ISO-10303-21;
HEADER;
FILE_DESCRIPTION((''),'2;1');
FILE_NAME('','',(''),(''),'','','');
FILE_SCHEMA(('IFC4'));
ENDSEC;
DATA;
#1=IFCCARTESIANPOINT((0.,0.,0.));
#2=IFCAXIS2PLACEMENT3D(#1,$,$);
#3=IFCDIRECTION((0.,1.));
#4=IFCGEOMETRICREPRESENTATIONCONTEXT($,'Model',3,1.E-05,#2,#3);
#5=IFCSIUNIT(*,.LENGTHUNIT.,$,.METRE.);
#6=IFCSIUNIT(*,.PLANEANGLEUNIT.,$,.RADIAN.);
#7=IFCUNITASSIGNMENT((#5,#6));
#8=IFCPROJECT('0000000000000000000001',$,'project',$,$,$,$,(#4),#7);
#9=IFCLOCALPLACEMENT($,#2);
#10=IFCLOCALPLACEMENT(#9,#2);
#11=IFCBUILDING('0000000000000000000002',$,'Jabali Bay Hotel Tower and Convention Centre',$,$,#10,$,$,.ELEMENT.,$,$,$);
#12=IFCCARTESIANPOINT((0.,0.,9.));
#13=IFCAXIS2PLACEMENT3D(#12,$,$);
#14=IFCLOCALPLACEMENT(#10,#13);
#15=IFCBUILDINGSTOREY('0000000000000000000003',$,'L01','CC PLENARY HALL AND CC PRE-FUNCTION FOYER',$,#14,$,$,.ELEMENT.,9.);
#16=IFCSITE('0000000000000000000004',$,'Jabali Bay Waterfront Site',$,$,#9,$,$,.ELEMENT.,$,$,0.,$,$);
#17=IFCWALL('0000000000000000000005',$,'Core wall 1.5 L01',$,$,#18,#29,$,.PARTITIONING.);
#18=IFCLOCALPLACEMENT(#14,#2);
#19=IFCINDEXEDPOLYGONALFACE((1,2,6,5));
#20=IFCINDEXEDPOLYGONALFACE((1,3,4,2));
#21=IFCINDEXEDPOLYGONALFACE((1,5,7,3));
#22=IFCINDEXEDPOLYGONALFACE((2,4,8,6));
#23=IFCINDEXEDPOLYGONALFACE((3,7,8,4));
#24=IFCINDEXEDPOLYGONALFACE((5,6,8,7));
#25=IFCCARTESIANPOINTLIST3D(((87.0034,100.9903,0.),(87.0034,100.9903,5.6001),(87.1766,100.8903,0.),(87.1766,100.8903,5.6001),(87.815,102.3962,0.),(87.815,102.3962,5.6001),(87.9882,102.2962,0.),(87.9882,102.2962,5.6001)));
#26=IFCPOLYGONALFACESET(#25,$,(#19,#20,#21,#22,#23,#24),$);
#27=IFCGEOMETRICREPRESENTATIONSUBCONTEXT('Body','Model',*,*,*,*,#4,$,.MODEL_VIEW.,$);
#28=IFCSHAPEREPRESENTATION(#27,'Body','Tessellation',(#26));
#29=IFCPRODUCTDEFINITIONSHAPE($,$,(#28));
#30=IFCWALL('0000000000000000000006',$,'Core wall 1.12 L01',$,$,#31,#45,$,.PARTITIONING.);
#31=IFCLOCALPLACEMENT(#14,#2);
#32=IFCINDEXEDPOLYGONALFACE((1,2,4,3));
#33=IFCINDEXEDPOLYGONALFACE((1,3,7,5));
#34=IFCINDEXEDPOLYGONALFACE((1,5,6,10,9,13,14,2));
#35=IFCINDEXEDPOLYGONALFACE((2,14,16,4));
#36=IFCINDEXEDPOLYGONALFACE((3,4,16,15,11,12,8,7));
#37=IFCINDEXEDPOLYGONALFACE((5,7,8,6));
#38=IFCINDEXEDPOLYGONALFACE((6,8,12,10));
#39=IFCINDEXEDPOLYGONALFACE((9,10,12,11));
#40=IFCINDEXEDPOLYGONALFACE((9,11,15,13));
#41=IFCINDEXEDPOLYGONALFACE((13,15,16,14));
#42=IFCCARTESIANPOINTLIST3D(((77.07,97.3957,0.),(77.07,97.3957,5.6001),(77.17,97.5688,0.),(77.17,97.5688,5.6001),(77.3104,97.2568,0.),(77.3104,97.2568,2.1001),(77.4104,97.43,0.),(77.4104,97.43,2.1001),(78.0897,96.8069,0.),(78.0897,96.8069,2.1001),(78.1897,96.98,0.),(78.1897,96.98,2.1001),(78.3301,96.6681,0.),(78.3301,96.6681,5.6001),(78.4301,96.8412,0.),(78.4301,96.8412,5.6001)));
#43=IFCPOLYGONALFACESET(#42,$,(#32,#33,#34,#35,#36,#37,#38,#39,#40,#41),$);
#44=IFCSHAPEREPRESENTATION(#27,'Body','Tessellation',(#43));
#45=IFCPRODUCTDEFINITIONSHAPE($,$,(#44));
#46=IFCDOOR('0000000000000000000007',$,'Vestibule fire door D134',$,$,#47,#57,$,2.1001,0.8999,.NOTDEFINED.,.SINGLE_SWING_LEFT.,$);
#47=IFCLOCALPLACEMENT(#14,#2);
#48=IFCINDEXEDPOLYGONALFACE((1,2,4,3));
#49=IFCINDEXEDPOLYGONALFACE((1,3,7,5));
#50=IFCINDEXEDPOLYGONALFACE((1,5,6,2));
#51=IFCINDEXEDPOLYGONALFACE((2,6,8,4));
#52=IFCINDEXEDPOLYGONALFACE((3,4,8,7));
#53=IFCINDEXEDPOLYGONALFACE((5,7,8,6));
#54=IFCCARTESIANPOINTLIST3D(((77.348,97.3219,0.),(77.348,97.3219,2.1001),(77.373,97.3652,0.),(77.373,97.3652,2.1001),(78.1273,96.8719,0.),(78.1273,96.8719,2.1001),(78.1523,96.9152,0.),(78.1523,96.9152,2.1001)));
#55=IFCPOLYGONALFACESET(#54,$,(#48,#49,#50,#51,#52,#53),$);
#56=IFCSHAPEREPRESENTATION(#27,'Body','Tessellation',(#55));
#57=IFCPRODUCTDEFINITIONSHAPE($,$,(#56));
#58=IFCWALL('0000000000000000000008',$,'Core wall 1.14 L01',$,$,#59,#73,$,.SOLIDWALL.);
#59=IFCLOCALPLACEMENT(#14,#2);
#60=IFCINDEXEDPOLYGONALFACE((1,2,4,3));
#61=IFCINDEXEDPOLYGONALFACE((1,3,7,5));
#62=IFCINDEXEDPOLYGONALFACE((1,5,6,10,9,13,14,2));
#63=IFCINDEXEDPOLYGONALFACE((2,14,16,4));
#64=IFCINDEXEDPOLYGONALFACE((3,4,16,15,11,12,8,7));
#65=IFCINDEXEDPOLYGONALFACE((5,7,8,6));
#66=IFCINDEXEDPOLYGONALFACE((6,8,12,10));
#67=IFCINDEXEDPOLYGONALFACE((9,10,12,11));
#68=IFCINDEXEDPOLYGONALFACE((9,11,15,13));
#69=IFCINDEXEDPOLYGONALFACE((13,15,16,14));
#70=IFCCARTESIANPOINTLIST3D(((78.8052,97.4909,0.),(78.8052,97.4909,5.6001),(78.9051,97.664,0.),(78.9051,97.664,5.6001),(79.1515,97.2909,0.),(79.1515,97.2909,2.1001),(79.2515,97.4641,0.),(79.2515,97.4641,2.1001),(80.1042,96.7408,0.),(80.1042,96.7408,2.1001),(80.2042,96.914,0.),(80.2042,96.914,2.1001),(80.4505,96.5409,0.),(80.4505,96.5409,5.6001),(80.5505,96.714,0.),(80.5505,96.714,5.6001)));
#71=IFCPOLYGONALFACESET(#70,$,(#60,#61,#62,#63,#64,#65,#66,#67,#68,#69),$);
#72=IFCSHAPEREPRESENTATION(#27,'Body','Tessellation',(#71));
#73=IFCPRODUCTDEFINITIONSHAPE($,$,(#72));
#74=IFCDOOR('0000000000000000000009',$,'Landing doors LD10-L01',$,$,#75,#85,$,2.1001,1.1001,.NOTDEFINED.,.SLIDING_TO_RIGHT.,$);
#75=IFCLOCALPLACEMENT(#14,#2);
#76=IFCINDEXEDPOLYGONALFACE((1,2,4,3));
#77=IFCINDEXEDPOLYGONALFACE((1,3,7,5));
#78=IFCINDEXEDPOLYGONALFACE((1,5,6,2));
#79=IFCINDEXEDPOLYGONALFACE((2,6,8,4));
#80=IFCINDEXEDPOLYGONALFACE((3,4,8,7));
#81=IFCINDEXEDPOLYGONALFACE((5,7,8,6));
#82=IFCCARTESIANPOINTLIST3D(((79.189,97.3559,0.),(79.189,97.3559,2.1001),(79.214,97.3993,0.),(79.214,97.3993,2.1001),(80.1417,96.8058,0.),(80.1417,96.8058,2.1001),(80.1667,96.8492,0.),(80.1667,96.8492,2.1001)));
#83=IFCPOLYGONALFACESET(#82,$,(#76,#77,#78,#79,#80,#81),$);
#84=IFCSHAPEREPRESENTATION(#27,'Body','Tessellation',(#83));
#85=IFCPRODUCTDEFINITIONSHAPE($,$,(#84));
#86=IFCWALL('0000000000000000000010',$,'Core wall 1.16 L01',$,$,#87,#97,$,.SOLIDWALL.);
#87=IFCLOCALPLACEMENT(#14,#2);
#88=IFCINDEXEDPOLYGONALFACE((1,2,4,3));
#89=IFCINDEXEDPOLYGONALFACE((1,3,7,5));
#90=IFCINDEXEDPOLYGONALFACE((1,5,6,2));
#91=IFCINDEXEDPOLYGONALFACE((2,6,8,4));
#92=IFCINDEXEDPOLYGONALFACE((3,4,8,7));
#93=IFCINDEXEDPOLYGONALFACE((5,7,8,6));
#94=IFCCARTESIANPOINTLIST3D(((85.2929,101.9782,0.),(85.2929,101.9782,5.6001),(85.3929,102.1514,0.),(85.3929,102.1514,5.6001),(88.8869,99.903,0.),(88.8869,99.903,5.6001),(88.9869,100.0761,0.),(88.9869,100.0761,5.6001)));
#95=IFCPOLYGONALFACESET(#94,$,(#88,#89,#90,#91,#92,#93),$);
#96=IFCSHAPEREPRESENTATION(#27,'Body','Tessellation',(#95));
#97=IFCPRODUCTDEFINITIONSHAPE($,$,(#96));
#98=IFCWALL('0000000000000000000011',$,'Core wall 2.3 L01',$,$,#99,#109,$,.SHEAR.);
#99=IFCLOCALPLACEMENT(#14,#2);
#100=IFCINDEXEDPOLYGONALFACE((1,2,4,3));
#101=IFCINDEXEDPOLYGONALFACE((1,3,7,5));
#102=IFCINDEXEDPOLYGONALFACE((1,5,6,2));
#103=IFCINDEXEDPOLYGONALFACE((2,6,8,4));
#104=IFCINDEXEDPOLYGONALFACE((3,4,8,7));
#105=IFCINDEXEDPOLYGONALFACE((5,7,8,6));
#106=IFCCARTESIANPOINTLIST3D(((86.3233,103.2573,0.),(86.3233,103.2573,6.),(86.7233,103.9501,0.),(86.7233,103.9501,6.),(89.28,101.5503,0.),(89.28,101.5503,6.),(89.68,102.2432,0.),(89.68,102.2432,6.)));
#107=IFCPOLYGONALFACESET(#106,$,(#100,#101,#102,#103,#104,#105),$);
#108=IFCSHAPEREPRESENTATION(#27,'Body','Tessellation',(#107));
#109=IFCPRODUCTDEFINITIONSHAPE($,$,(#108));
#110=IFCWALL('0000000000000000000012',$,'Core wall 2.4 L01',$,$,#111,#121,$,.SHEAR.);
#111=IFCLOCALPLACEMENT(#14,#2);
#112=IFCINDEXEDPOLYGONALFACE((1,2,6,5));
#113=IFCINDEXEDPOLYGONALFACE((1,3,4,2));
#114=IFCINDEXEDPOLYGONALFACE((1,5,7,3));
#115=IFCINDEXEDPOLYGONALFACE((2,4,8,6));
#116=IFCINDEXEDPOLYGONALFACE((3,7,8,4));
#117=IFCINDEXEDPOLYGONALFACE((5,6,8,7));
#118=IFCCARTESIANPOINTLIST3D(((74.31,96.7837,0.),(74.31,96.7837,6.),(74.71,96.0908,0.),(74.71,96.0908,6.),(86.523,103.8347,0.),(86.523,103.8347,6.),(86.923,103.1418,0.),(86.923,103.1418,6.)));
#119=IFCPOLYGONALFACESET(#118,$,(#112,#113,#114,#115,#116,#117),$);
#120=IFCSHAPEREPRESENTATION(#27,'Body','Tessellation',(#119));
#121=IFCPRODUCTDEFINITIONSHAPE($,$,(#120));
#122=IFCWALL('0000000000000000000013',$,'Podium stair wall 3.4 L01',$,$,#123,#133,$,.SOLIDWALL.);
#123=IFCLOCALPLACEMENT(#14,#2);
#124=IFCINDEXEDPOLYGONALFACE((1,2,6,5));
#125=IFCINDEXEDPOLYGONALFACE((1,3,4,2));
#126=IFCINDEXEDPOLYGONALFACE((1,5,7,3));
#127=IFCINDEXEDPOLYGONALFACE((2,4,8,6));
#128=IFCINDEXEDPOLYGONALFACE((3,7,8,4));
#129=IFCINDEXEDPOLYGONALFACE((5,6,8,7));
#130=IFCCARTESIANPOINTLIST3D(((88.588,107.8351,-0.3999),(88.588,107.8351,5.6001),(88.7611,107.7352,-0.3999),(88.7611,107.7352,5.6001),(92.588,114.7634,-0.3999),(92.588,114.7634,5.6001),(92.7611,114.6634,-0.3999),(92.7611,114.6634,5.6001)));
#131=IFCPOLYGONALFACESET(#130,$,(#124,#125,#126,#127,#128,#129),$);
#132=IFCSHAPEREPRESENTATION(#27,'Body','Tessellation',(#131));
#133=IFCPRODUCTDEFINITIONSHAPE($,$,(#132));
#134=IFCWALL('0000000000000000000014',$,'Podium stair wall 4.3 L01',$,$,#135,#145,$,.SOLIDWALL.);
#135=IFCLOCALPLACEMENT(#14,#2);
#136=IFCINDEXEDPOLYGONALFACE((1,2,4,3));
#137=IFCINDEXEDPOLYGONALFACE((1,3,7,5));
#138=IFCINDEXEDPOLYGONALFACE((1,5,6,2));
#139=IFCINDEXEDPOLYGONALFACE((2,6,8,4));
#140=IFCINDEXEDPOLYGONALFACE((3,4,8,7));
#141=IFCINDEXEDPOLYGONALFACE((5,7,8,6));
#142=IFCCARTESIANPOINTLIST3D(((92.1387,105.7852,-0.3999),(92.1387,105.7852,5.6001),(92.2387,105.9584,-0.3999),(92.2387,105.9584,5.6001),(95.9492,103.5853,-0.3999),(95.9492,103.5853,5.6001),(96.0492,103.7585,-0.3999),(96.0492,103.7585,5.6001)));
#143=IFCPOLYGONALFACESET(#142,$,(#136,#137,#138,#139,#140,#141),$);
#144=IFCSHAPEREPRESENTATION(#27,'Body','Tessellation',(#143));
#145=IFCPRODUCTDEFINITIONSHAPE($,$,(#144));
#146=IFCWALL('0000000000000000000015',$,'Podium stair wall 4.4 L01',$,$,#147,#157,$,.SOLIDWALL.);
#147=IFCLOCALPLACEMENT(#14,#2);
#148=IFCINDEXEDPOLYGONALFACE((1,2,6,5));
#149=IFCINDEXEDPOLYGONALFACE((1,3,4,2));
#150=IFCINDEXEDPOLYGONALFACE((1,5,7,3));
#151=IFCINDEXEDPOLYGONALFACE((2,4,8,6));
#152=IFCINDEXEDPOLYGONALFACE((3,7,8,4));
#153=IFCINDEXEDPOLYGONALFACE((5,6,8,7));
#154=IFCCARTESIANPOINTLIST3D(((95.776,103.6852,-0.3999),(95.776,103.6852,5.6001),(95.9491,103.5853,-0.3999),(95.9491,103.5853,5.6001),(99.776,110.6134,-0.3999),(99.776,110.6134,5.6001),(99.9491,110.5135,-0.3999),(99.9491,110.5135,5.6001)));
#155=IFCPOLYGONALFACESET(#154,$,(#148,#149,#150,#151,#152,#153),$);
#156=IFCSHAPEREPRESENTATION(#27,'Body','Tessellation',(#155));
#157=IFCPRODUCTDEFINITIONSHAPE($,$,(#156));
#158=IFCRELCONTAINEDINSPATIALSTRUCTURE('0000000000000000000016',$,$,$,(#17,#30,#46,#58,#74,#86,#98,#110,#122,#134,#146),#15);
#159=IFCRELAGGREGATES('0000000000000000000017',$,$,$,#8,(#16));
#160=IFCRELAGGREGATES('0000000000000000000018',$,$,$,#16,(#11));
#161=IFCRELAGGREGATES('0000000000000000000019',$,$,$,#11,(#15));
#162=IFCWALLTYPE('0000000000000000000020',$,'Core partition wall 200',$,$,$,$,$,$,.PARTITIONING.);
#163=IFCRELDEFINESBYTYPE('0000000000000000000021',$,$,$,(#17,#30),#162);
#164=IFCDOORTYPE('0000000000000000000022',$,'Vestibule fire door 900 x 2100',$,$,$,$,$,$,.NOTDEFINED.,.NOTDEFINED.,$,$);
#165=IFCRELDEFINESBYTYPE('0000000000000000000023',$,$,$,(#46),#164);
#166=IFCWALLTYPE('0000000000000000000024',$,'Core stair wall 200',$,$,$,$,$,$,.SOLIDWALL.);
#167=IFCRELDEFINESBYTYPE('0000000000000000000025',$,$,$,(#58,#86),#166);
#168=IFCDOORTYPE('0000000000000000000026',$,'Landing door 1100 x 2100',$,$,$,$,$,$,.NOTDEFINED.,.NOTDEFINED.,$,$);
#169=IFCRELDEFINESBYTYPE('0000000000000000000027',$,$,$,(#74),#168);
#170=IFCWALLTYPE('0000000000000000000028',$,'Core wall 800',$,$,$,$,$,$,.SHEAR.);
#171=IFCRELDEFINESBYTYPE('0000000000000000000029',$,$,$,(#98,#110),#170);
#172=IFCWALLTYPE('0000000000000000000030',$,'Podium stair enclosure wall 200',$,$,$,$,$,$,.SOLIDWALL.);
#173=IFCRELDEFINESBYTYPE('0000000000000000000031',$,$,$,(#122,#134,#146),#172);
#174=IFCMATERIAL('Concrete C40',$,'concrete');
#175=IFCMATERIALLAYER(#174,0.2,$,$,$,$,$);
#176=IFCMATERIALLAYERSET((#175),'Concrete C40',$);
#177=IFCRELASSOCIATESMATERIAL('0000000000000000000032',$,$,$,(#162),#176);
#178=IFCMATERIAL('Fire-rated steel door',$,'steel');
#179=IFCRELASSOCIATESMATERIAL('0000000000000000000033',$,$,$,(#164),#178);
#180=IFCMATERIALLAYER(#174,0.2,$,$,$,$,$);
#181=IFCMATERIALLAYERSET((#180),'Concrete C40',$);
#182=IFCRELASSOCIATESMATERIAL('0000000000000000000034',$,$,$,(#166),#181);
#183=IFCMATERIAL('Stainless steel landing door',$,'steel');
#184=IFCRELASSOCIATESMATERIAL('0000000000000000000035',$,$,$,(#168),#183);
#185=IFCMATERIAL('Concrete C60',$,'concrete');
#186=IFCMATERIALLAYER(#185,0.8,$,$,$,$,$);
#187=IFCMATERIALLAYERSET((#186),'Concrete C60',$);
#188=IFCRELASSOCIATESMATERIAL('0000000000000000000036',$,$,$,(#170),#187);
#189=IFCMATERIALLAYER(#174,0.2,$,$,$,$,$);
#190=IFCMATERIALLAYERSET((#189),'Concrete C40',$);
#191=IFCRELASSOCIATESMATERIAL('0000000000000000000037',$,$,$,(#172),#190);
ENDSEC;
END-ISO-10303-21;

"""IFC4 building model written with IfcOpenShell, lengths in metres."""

from ifc_helpers import new_model, si_unit, direction, frame, frame_2d, origin, place, context, subcontext, project, spatial, rectangle, extrude, material, layer, layer_set, type_object, element, fill, save


model = new_model("IFC4")

# Units and contexts
model_context = context("Model", 3, precision=1e-05, world=origin(), true_north=direction((0.0, 1.0)))
body_context = subcontext(model_context, "Body", "Model", "MODEL_VIEW")
ifc_project = project(units=[si_unit("LENGTHUNIT", "METRE"), si_unit("PLANEANGLEUNIT", "RADIAN")], contexts=[model_context])

# Site, building, storey
site_placement = place(None, origin())
site = spatial("IfcSite", under=ifc_project, at=site_placement, Name="Jabali Bay Waterfront Site", CompositionType="ELEMENT", RefElevation=0.0)
building_placement = place(site_placement, origin())
building = spatial("IfcBuilding", under=site, at=building_placement, Name="Jabali Bay Hotel Tower and Convention Centre", CompositionType="ELEMENT")
storey_placement = place(building_placement, frame((0.0, 0.0, 9.0)))
storey = spatial("IfcBuildingStorey", under=building, at=storey_placement, Name="L01", Description="CC PLENARY HALL AND CC PRE-FUNCTION FOYER", CompositionType="ELEMENT", Elevation=9.0)

# Wall
ifc_material_1 = material(Name="Concrete C40", Category="concrete")
ifc_layer_1 = layer(ifc_material_1, 0.2)
ifc_layer_set_1 = layer_set([ifc_layer_1], Name="Concrete C40")
wall_type_1 = type_object("IfcWallType", Name="Core partition wall 200", PredefinedType="PARTITIONING", material=ifc_layer_set_1)
wall_1_placement = place(storey_placement, frame((87.0901, 100.9404, 0.0), z_axis=(0.0, 0.0, 1.0), x_axis=(0.499957, 0.86605, 0.0)))
element("IfcWall", 1, at=wall_1_placement, inside=storey, type_object=wall_type_1, Name="Core wall 1.5 L01", PredefinedType="PARTITIONING", context=body_context, shape_type="SweptSolid", body=[
    extrude(rectangle(XDim=1.6233, YDim=0.2, at=frame_2d((0.8115, 0.0))), origin(), (0.0, 0.0, 1.0), 5.6001),
])

# Walls, openings, doors
wall_2_placement = place(storey_placement, frame((78.3801, 96.7546, 0.0), z_axis=(0.0, 0.0, 1.0), x_axis=(-0.866004, 0.500037, 0.0)))
wall_2 = element("IfcWall", 2, at=wall_2_placement, inside=storey, type_object=wall_type_1, Name="Core wall 1.12 L01", PredefinedType="PARTITIONING", context=body_context, shape_type="SweptSolid", body=[
    extrude(rectangle(XDim=1.4551, YDim=0.2, at=frame_2d((0.7275, 0.0))), origin(), (0.0, 0.0, 1.0), 5.6001),
])
opening_1_placement = place(wall_2_placement, frame((0.2776, 0.0, 0.0)))
opening_1 = element("IfcOpeningElement", 3, at=opening_1_placement, cuts=wall_2, PredefinedType="OPENING", context=body_context, shape_type="SweptSolid", body=[
    extrude(rectangle(XDim=0.8999, YDim=2.1001, at=frame_2d((0.45, 1.05))), frame((0.0, 0.1104, 0.0), z_axis=(0.0, -1.0, 0.0), x_axis=(1.0, 0.0, 0.0)), (0.0, 0.0, 1.0), 0.2209),
])
ifc_material_2 = material(Name="Fire-rated steel door", Category="steel")
door_type_1 = type_object("IfcDoorType", Name="Vestibule fire door 900 x 2100", OperationType="NOTDEFINED", PredefinedType="NOTDEFINED", material=ifc_material_2)
door_1_placement = place(opening_1_placement, origin())
door_1 = element("IfcDoor", 4, at=door_1_placement, inside=storey, type_object=door_type_1, Name="Vestibule fire door D134", OperationType="SINGLE_SWING_LEFT", OverallHeight=2.1001, OverallWidth=0.8999, PredefinedType="NOTDEFINED", context=body_context, shape_type="SweptSolid", body=[
    extrude(rectangle(XDim=0.8999, YDim=2.1001, at=frame_2d((0.45, 1.05))), frame((0.0, 0.0249, 0.0), z_axis=(0.0, -1.0, 0.0), x_axis=(1.0, 0.0, 0.0)), (0.0, 0.0, 1.0), 0.05),
])
fill(opening_1, door_1)
ifc_layer_2 = layer(ifc_material_1, 0.2)
ifc_layer_set_2 = layer_set([ifc_layer_2], Name="Concrete C40")
wall_type_2 = type_object("IfcWallType", Name="Core stair wall 200", PredefinedType="SOLIDWALL", material=ifc_layer_set_2)
wall_3_placement = place(storey_placement, frame((80.5005, 96.6274, 0.0), z_axis=(0.0, 0.0, 1.0), x_axis=(-0.866012, 0.500023, 0.0)))
wall_3 = element("IfcWall", 5, at=wall_3_placement, inside=storey, type_object=wall_type_2, Name="Core wall 1.14 L01", PredefinedType="SOLIDWALL", context=body_context, shape_type="SweptSolid", body=[
    extrude(rectangle(XDim=1.8999, YDim=0.2, at=frame_2d((0.95, 0.0))), origin(), (0.0, 0.0, 1.0), 5.6001),
])
opening_2_placement = place(wall_3_placement, frame((0.3999, 0.0, 0.0)))
opening_2 = element("IfcOpeningElement", 6, at=opening_2_placement, cuts=wall_3, PredefinedType="OPENING", context=body_context, shape_type="SweptSolid", body=[
    extrude(rectangle(XDim=1.1001, YDim=2.1001, at=frame_2d((0.55, 1.05))), frame((0.0, 0.1104, 0.0), z_axis=(0.0, -1.0, 0.0), x_axis=(1.0, 0.0, 0.0)), (0.0, 0.0, 1.0), 0.2209),
])
ifc_material_3 = material(Name="Stainless steel landing door", Category="steel")
door_type_2 = type_object("IfcDoorType", Name="Landing door 1100 x 2100", OperationType="NOTDEFINED", PredefinedType="NOTDEFINED", material=ifc_material_3)
door_2_placement = place(opening_2_placement, origin())
door_2 = element("IfcDoor", 7, at=door_2_placement, inside=storey, type_object=door_type_2, Name="Landing doors LD10-L01", OperationType="SLIDING_TO_RIGHT", OverallHeight=2.1001, OverallWidth=1.1001, PredefinedType="NOTDEFINED", context=body_context, shape_type="SweptSolid", body=[
    extrude(rectangle(XDim=1.1001, YDim=2.1001, at=frame_2d((0.55, 1.05))), frame((0.0, 0.0249, 0.0), z_axis=(0.0, -1.0, 0.0), x_axis=(1.0, 0.0, 0.0)), (0.0, 0.0, 1.0), 0.05),
])
fill(opening_2, door_2)

# Walls
wall_4_placement = place(storey_placement, frame((88.937, 99.9895, 0.0), z_axis=(0.0, 0.0, 1.0), x_axis=(-0.866004, 0.500036, 0.0)))
element("IfcWall", 8, at=wall_4_placement, inside=storey, type_object=wall_type_2, Name="Core wall 1.16 L01", PredefinedType="SOLIDWALL", context=body_context, shape_type="SweptSolid", body=[
    extrude(rectangle(XDim=4.1501, YDim=0.2, at=frame_2d((2.0752, 0.0))), origin(), (0.0, 0.0, 1.0), 5.6001),
])
ifc_material_4 = material(Name="Concrete C60", Category="concrete")
ifc_layer_3 = layer(ifc_material_4, 0.8)
ifc_layer_set_3 = layer_set([ifc_layer_3], Name="Concrete C60")
wall_type_3 = type_object("IfcWallType", Name="Core wall 800", PredefinedType="SHEAR", material=ifc_layer_set_3)
wall_5_placement = place(storey_placement, frame((89.48, 101.8967, 0.0), z_axis=(0.0, 0.0, 1.0), x_axis=(-0.866034, 0.499984, 0.0)))
element("IfcWall", 9, at=wall_5_placement, inside=storey, type_object=wall_type_3, Name="Core wall 2.3 L01", PredefinedType="SHEAR", context=body_context, shape_type="SweptSolid", body=[
    extrude(rectangle(XDim=3.4141, YDim=0.8, at=frame_2d((1.707, 0.0))), origin(), (0.0, 0.0, 1.0), 6.0),
])
wall_6_placement = place(storey_placement, frame((86.7231, 103.4883, 0.0), z_axis=(0.0, 0.0, 1.0), x_axis=(-0.866033, -0.499988, 0.0)))
element("IfcWall", 10, at=wall_6_placement, inside=storey, type_object=wall_type_3, Name="Core wall 2.4 L01", PredefinedType="SHEAR", context=body_context, shape_type="SweptSolid", body=[
    extrude(rectangle(XDim=14.1023, YDim=0.8, at=frame_2d((7.0513, 0.0))), origin(), (0.0, 0.0, 1.0), 6.0),
])
ifc_layer_4 = layer(ifc_material_1, 0.2)
ifc_layer_set_4 = layer_set([ifc_layer_4], Name="Concrete C40")
wall_type_4 = type_object("IfcWallType", Name="Podium stair enclosure wall 200", PredefinedType="SOLIDWALL", material=ifc_layer_set_4)
wall_7_placement = place(storey_placement, frame((88.6746, 107.7852, -0.3999), z_axis=(0.0, 0.0, 1.0), x_axis=(0.499999, 0.866026, 0.0)))
element("IfcWall", 11, at=wall_7_placement, inside=storey, type_object=wall_type_4, Name="Podium stair wall 3.4 L01", PredefinedType="SOLIDWALL", context=body_context, shape_type="SweptSolid", body=[
    extrude(rectangle(XDim=8.0, YDim=0.2, at=frame_2d((4.0, 0.0))), origin(), (0.0, 0.0, 1.0), 6.0),
])
wall_8_placement = place(storey_placement, frame((92.1887, 105.8718, -0.3999), z_axis=(0.0, 0.0, 1.0), x_axis=(0.866032, -0.499988, 0.0)))
element("IfcWall", 12, at=wall_8_placement, inside=storey, type_object=wall_type_4, Name="Podium stair wall 4.3 L01", PredefinedType="SOLIDWALL", context=body_context, shape_type="SweptSolid", body=[
    extrude(rectangle(XDim=4.3999, YDim=0.2, at=frame_2d((2.2, 0.0))), origin(), (0.0, 0.0, 1.0), 6.0),
])
wall_9_placement = place(storey_placement, frame((95.8625, 103.6353, -0.3999), z_axis=(0.0, 0.0, 1.0), x_axis=(0.499999, 0.866026, 0.0)))
element("IfcWall", 13, at=wall_9_placement, inside=storey, type_object=wall_type_4, Name="Podium stair wall 4.4 L01", PredefinedType="SOLIDWALL", context=body_context, shape_type="SweptSolid", body=[
    extrude(rectangle(XDim=8.0, YDim=0.2, at=frame_2d((4.0, 0.0))), origin(), (0.0, 0.0, 1.0), 6.0),
])

save(model, "model.ifc")
